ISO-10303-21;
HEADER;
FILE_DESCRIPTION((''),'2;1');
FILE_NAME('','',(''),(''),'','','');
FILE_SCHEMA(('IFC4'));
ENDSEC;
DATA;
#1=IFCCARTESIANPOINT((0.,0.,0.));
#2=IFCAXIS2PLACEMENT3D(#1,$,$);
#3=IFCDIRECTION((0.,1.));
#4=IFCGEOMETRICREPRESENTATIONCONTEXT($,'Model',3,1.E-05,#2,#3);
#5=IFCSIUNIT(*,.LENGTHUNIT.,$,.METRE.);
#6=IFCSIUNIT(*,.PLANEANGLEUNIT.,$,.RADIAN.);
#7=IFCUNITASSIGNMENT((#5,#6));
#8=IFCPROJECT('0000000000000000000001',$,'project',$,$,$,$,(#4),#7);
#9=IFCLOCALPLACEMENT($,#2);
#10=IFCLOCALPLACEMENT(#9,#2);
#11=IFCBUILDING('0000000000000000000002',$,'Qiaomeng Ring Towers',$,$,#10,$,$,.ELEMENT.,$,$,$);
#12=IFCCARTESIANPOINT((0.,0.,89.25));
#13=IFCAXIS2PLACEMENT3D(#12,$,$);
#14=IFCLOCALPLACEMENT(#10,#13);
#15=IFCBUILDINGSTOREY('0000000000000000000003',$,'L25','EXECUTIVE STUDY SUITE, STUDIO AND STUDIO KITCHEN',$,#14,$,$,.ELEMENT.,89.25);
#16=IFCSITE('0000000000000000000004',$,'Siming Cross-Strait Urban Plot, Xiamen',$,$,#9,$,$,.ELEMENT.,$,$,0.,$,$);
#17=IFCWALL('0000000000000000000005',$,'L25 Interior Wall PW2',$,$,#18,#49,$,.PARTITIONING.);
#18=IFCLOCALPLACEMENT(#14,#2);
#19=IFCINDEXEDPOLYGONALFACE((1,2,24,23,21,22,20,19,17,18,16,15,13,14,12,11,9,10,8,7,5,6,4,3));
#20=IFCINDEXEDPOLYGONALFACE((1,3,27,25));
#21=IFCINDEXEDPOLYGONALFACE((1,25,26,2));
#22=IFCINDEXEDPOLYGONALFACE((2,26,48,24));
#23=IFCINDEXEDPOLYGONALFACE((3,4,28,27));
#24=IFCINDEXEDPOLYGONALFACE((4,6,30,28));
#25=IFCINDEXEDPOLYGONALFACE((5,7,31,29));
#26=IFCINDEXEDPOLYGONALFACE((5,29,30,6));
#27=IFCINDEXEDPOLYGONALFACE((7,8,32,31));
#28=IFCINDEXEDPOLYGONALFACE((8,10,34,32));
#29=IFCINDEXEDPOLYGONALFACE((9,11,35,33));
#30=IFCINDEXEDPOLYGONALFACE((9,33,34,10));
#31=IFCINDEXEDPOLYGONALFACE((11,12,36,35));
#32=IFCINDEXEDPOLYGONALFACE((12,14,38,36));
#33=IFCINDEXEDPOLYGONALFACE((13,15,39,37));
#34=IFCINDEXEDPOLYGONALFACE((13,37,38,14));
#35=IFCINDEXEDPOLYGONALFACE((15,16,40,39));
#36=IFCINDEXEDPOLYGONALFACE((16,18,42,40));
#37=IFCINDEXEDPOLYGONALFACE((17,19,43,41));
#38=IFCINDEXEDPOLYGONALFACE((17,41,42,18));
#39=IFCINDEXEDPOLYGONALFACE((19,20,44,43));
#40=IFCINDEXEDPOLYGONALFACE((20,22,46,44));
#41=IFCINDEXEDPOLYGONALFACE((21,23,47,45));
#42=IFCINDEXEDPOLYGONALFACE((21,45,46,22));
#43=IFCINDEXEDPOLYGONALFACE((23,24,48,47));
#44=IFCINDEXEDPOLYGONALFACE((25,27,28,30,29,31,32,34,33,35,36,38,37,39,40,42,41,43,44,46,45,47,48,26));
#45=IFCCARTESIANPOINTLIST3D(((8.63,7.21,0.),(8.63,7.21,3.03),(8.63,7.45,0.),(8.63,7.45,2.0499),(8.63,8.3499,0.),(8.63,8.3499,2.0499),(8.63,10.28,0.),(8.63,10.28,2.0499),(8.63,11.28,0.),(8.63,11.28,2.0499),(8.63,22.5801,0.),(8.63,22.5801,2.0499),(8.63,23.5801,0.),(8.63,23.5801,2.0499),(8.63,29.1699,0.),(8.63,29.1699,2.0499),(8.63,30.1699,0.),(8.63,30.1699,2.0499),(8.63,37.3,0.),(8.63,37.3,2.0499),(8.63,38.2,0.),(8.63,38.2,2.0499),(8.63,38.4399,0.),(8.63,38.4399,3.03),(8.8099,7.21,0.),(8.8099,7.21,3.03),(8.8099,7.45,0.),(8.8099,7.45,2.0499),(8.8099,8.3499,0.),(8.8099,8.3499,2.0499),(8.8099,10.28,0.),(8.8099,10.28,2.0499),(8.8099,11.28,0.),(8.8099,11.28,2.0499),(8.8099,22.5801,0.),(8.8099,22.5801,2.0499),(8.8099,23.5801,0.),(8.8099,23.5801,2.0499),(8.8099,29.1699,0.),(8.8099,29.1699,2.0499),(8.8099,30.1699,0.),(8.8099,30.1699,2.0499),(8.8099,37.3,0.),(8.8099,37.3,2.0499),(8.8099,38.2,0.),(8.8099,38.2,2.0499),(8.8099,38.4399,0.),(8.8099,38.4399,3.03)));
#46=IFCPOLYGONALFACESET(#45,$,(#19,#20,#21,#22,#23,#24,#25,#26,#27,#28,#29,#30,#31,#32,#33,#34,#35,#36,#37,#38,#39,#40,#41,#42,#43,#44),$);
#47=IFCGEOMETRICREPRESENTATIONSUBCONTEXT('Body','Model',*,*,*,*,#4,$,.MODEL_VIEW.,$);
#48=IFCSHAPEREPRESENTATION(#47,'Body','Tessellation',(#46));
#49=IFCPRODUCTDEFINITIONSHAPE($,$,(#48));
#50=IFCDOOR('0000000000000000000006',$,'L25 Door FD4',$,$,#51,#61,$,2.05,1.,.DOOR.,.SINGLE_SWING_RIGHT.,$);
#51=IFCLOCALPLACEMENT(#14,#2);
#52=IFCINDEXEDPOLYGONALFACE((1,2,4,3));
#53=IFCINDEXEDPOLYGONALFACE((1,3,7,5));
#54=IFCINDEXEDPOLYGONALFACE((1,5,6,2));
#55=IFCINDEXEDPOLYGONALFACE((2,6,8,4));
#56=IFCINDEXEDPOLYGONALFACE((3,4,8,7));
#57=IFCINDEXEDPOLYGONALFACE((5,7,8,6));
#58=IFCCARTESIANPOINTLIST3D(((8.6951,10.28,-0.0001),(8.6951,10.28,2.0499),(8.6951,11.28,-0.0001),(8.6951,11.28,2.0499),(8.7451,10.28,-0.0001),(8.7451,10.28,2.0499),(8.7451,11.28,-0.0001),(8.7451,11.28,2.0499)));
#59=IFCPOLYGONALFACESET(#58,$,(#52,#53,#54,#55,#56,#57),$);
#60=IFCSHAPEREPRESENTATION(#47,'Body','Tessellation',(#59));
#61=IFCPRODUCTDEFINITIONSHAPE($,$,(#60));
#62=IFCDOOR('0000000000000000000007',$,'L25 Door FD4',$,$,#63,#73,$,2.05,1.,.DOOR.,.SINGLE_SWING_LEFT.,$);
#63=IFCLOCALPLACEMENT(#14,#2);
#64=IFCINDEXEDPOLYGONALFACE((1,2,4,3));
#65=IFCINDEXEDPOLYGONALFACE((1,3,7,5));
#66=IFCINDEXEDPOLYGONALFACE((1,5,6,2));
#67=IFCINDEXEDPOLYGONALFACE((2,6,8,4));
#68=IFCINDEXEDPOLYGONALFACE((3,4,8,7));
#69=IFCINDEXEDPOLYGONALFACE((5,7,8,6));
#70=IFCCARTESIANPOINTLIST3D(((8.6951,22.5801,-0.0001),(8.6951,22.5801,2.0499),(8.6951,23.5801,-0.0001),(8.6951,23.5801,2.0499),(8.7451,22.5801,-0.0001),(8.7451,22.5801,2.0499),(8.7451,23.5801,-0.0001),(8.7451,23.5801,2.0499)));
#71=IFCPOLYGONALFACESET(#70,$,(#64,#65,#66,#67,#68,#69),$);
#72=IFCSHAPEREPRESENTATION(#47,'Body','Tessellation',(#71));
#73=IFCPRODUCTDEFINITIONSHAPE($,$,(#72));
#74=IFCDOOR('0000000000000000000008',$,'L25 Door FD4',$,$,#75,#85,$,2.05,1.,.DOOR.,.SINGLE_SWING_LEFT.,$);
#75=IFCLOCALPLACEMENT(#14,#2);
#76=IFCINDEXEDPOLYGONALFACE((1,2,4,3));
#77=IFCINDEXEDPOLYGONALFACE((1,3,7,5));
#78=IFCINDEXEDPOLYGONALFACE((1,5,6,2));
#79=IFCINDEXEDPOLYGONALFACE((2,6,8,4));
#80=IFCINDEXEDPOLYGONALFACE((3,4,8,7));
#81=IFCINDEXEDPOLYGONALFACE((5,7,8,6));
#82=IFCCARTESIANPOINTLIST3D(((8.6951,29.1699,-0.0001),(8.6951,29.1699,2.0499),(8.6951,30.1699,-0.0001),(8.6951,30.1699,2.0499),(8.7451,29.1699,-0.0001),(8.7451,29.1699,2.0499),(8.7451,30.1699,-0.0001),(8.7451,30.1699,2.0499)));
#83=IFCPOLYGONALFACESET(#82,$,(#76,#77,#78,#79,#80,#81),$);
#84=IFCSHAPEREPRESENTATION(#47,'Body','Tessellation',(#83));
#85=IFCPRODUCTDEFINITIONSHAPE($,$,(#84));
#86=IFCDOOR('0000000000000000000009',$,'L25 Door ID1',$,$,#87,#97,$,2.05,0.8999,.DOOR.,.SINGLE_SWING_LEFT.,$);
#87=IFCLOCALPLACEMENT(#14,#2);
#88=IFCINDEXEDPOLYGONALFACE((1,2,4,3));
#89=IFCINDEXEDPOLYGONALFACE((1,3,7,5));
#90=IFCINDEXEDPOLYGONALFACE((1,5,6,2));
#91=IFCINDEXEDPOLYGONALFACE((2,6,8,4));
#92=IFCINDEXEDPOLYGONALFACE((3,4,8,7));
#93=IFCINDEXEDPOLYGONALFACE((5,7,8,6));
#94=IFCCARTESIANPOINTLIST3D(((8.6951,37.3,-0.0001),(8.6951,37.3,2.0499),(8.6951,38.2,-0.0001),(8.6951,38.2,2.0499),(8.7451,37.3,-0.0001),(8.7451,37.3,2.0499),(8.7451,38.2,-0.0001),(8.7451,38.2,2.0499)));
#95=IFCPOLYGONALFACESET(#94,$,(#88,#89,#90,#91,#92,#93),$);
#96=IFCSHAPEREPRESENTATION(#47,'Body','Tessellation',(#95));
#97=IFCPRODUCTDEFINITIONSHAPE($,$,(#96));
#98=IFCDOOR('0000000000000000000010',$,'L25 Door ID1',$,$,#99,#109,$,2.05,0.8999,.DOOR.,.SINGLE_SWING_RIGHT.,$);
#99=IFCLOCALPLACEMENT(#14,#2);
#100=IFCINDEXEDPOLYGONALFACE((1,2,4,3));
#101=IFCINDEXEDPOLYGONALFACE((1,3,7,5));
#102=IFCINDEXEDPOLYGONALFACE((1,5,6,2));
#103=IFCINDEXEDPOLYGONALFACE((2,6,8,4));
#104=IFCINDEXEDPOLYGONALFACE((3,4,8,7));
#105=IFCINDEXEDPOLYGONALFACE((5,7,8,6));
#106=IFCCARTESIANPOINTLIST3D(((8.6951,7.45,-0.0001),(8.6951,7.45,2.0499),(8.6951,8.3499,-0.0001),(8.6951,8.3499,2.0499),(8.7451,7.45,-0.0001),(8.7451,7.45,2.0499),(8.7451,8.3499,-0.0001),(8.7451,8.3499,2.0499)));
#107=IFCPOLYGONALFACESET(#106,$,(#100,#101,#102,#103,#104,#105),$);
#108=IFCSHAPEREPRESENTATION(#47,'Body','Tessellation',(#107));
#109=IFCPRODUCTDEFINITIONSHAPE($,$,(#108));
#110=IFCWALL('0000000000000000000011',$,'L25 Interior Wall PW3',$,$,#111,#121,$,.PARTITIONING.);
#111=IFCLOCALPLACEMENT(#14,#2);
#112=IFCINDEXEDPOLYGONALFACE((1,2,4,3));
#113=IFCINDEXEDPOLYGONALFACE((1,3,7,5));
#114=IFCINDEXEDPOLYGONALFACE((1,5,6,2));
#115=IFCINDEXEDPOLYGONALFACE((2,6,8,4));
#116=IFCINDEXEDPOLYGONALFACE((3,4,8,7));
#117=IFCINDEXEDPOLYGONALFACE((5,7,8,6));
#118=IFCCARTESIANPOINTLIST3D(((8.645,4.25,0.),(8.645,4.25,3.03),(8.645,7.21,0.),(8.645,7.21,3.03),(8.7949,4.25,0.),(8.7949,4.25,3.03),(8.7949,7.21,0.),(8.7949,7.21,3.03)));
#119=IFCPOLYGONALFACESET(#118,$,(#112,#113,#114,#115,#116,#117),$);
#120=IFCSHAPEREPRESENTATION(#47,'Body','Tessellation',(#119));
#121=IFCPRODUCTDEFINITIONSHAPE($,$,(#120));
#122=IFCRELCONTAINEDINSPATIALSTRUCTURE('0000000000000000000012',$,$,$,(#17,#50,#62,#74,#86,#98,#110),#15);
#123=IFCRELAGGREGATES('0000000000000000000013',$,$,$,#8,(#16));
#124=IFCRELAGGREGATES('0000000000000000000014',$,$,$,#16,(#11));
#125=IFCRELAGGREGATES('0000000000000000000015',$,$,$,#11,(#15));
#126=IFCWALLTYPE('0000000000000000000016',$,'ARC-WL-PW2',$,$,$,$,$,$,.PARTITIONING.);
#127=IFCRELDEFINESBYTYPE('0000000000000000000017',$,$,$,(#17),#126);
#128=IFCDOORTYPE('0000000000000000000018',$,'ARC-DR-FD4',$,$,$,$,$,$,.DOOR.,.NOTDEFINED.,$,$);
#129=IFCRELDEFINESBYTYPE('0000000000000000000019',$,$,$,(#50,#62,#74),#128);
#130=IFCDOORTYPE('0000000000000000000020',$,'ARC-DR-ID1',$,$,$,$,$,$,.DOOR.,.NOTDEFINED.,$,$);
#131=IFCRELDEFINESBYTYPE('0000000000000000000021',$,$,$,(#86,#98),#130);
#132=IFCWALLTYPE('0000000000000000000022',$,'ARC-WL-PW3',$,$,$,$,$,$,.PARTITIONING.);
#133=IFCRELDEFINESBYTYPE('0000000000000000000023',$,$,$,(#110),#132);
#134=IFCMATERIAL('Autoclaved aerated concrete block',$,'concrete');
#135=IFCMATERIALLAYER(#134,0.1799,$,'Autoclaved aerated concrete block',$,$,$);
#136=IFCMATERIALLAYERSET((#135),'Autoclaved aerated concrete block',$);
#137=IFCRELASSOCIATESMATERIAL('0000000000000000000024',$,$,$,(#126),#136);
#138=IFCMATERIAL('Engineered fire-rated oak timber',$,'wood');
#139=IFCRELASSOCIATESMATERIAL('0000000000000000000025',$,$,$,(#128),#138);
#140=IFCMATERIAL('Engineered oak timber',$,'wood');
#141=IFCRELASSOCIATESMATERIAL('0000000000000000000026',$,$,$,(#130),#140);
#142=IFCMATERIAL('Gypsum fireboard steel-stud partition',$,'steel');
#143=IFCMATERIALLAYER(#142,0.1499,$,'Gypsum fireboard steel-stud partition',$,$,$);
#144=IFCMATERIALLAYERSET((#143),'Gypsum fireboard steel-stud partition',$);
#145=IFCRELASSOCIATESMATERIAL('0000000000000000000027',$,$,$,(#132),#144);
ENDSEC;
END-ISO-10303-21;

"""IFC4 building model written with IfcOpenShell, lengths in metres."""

from ifc_helpers import new_model, si_unit, direction, frame, frame_2d, origin, place, context, subcontext, project, spatial, rectangle, extrude, source, transform, mapped, material, layer, layer_set, type_object, element, fill, save


model = new_model("IFC4")

# Units and contexts
model_context = context("Model", 3, precision=1e-05, world=origin(), true_north=direction((0.0, 1.0)))
body_context = subcontext(model_context, "Body", "Model", "MODEL_VIEW")
ifc_project = project(units=[si_unit("LENGTHUNIT", "METRE"), si_unit("PLANEANGLEUNIT", "RADIAN")], contexts=[model_context])

# Site, building, storey
site_placement = place(None, origin())
site = spatial("IfcSite", under=ifc_project, at=site_placement, Name="Siming Cross-Strait Urban Plot, Xiamen", CompositionType="ELEMENT", RefElevation=0.0)
building_placement = place(site_placement, origin())
building = spatial("IfcBuilding", under=site, at=building_placement, Name="Qiaomeng Ring Towers", CompositionType="ELEMENT")
storey_placement = place(building_placement, frame((0.0, 0.0, 89.25)))
storey = spatial("IfcBuildingStorey", under=building, at=storey_placement, Name="L25", Description="EXECUTIVE STUDY SUITE, STUDIO AND STUDIO KITCHEN", CompositionType="ELEMENT", Elevation=89.25)

# Wall, openings, doors
ifc_material_1 = material(Name="Autoclaved aerated concrete block", Category="concrete")
ifc_layer_1 = layer(ifc_material_1, 0.1799, Name="Autoclaved aerated concrete block")
ifc_layer_set_1 = layer_set([ifc_layer_1], Name="Autoclaved aerated concrete block")
wall_type_1 = type_object("IfcWallType", Name="ARC-WL-PW2", PredefinedType="PARTITIONING", material=ifc_layer_set_1)
ifc_material_2 = material(Name="Engineered fire-rated oak timber", Category="wood")
door_type_1 = type_object("IfcDoorType", Name="ARC-DR-FD4", OperationType="NOTDEFINED", PredefinedType="DOOR", material=ifc_material_2)
shared_shape_1 = source(origin(), body_context, "Body", "SweptSolid", [
    extrude(rectangle(XDim=1.0, YDim=2.05, at=frame_2d((0.5, 1.0249))), frame((0.0, 0.0249, 0.0), z_axis=(0.0, -1.0, 0.0), x_axis=(1.0, 0.0, 0.0)), (0.0, 0.0, 1.0), 0.05),
])
wall_1_placement = place(storey_placement, frame((8.72, 7.21, 0.0), z_axis=(0.0, 0.0, 1.0), x_axis=(0.0, 1.0, 0.0)))
wall_1 = element("IfcWall", 1, at=wall_1_placement, inside=storey, type_object=wall_type_1, Name="L25 Interior Wall PW2", PredefinedType="PARTITIONING", context=body_context, shape_type="SweptSolid", body=[
    extrude(rectangle(XDim=31.23, YDim=0.1799, at=frame_2d((15.615, 0.0))), origin(), (0.0, 0.0, 1.0), 3.03),
])
opening_1_placement = place(wall_1_placement, frame((30.0901, 0.0, 0.0)))
opening_1 = element("IfcOpeningElement", 2, at=opening_1_placement, cuts=wall_1, PredefinedType="OPENING", context=body_context, shape_type="SweptSolid", body=[
    extrude(rectangle(XDim=0.8999, YDim=2.05, at=frame_2d((0.45, 1.0249))), frame((0.0, 0.0999, 0.0), z_axis=(0.0, -1.0, 0.0), x_axis=(1.0, 0.0, 0.0)), (0.0, 0.0, 1.0), 0.2),
])
opening_2_placement = place(wall_1_placement, frame((0.24, 0.0, 0.0)))
opening_2 = element("IfcOpeningElement", 3, at=opening_2_placement, cuts=wall_1, PredefinedType="OPENING", context=body_context, shape_type="SweptSolid", body=[
    extrude(rectangle(XDim=0.8999, YDim=2.05, at=frame_2d((0.45, 1.0249))), frame((0.0, 0.0999, 0.0), z_axis=(0.0, -1.0, 0.0), x_axis=(1.0, 0.0, 0.0)), (0.0, 0.0, 1.0), 0.2),
])
opening_3_placement = place(wall_1_placement, frame((3.0701, 0.0, 0.0)))
opening_3 = element("IfcOpeningElement", 4, at=opening_3_placement, cuts=wall_1, PredefinedType="OPENING", context=body_context, shape_type="SweptSolid", body=[
    extrude(rectangle(XDim=1.0, YDim=2.05, at=frame_2d((0.5, 1.0249))), frame((0.0, 0.0999, 0.0), z_axis=(0.0, -1.0, 0.0), x_axis=(1.0, 0.0, 0.0)), (0.0, 0.0, 1.0), 0.2),
])
opening_4_placement = place(wall_1_placement, frame((15.3701, 0.0, 0.0)))
opening_4 = element("IfcOpeningElement", 5, at=opening_4_placement, cuts=wall_1, PredefinedType="OPENING", context=body_context, shape_type="SweptSolid", body=[
    extrude(rectangle(XDim=1.0, YDim=2.05, at=frame_2d((0.5, 1.0249))), frame((0.0, 0.0999, 0.0), z_axis=(0.0, -1.0, 0.0), x_axis=(1.0, 0.0, 0.0)), (0.0, 0.0, 1.0), 0.2),
])
opening_5_placement = place(wall_1_placement, frame((21.96, 0.0, 0.0)))
opening_5 = element("IfcOpeningElement", 6, at=opening_5_placement, cuts=wall_1, PredefinedType="OPENING", context=body_context, shape_type="SweptSolid", body=[
    extrude(rectangle(XDim=1.0, YDim=2.05, at=frame_2d((0.5, 1.0249))), frame((0.0, 0.0999, 0.0), z_axis=(0.0, -1.0, 0.0), x_axis=(1.0, 0.0, 0.0)), (0.0, 0.0, 1.0), 0.2),
])
door_1_placement = place(opening_3_placement, origin())
door_1 = element("IfcDoor", 7, at=door_1_placement, inside=storey, type_object=door_type_1, Name="L25 Door FD4", OperationType="SINGLE_SWING_RIGHT", OverallHeight=2.05, OverallWidth=1.0, PredefinedType="DOOR", context=body_context, shape_type="MappedRepresentation", body=[
    mapped(shared_shape_1, transform((0.0, 0.0, 0.0), x_axis=(1.0, 0.0, 0.0), y_axis=(0.0, 1.0, 0.0), z_axis=(0.0, 0.0, 1.0), scale=1.0)),
])
fill(opening_3, door_1)
door_2_placement = place(opening_4_placement, origin())
door_2 = element("IfcDoor", 8, at=door_2_placement, inside=storey, type_object=door_type_1, Name="L25 Door FD4", OperationType="SINGLE_SWING_LEFT", OverallHeight=2.05, OverallWidth=1.0, PredefinedType="DOOR", context=body_context, shape_type="MappedRepresentation", body=[
    mapped(shared_shape_1, transform((0.0, 0.0, 0.0), x_axis=(1.0, 0.0, 0.0), y_axis=(0.0, 1.0, 0.0), z_axis=(0.0, 0.0, 1.0), scale=1.0)),
])
fill(opening_4, door_2)
door_3_placement = place(opening_5_placement, origin())
door_3 = element("IfcDoor", 9, at=door_3_placement, inside=storey, type_object=door_type_1, Name="L25 Door FD4", OperationType="SINGLE_SWING_LEFT", OverallHeight=2.05, OverallWidth=1.0, PredefinedType="DOOR", context=body_context, shape_type="MappedRepresentation", body=[
    mapped(shared_shape_1, transform((0.0, 0.0, 0.0), x_axis=(1.0, 0.0, 0.0), y_axis=(0.0, 1.0, 0.0), z_axis=(0.0, 0.0, 1.0), scale=1.0)),
])
fill(opening_5, door_3)
ifc_material_3 = material(Name="Engineered oak timber", Category="wood")
door_type_2 = type_object("IfcDoorType", Name="ARC-DR-ID1", OperationType="NOTDEFINED", PredefinedType="DOOR", material=ifc_material_3)
shared_shape_2 = source(origin(), body_context, "Body", "SweptSolid", [
    extrude(rectangle(XDim=0.8999, YDim=2.05, at=frame_2d((0.45, 1.0249))), frame((0.0, 0.0249, 0.0), z_axis=(0.0, -1.0, 0.0), x_axis=(1.0, 0.0, 0.0)), (0.0, 0.0, 1.0), 0.05),
])
door_4_placement = place(opening_1_placement, origin())
door_4 = element("IfcDoor", 10, at=door_4_placement, inside=storey, type_object=door_type_2, Name="L25 Door ID1", OperationType="SINGLE_SWING_LEFT", OverallHeight=2.05, OverallWidth=0.8999, PredefinedType="DOOR", context=body_context, shape_type="MappedRepresentation", body=[
    mapped(shared_shape_2, transform((0.0, 0.0, 0.0), x_axis=(1.0, 0.0, 0.0), y_axis=(0.0, 1.0, 0.0), z_axis=(0.0, 0.0, 1.0), scale=1.0)),
])
fill(opening_1, door_4)
door_5_placement = place(opening_2_placement, origin())
door_5 = element("IfcDoor", 11, at=door_5_placement, inside=storey, type_object=door_type_2, Name="L25 Door ID1", OperationType="SINGLE_SWING_RIGHT", OverallHeight=2.05, OverallWidth=0.8999, PredefinedType="DOOR", context=body_context, shape_type="MappedRepresentation", body=[
    mapped(shared_shape_2, transform((0.0, 0.0, 0.0), x_axis=(1.0, 0.0, 0.0), y_axis=(0.0, 1.0, 0.0), z_axis=(0.0, 0.0, 1.0), scale=1.0)),
])
fill(opening_2, door_5)

# Wall
ifc_material_4 = material(Name="Gypsum fireboard steel-stud partition", Category="steel")
ifc_layer_2 = layer(ifc_material_4, 0.1499, Name="Gypsum fireboard steel-stud partition")
ifc_layer_set_2 = layer_set([ifc_layer_2], Name="Gypsum fireboard steel-stud partition")
wall_type_2 = type_object("IfcWallType", Name="ARC-WL-PW3", PredefinedType="PARTITIONING", material=ifc_layer_set_2)
wall_2_placement = place(storey_placement, frame((8.72, 4.25, 0.0), z_axis=(0.0, 0.0, 1.0), x_axis=(0.0, 1.0, 0.0)))
element("IfcWall", 12, at=wall_2_placement, inside=storey, type_object=wall_type_2, Name="L25 Interior Wall PW3", PredefinedType="PARTITIONING", context=body_context, shape_type="SweptSolid", body=[
    extrude(rectangle(XDim=2.96, YDim=0.1499, at=frame_2d((1.48, 0.0))), origin(), (0.0, 0.0, 1.0), 3.03),
])

save(model, "model.ifc")
